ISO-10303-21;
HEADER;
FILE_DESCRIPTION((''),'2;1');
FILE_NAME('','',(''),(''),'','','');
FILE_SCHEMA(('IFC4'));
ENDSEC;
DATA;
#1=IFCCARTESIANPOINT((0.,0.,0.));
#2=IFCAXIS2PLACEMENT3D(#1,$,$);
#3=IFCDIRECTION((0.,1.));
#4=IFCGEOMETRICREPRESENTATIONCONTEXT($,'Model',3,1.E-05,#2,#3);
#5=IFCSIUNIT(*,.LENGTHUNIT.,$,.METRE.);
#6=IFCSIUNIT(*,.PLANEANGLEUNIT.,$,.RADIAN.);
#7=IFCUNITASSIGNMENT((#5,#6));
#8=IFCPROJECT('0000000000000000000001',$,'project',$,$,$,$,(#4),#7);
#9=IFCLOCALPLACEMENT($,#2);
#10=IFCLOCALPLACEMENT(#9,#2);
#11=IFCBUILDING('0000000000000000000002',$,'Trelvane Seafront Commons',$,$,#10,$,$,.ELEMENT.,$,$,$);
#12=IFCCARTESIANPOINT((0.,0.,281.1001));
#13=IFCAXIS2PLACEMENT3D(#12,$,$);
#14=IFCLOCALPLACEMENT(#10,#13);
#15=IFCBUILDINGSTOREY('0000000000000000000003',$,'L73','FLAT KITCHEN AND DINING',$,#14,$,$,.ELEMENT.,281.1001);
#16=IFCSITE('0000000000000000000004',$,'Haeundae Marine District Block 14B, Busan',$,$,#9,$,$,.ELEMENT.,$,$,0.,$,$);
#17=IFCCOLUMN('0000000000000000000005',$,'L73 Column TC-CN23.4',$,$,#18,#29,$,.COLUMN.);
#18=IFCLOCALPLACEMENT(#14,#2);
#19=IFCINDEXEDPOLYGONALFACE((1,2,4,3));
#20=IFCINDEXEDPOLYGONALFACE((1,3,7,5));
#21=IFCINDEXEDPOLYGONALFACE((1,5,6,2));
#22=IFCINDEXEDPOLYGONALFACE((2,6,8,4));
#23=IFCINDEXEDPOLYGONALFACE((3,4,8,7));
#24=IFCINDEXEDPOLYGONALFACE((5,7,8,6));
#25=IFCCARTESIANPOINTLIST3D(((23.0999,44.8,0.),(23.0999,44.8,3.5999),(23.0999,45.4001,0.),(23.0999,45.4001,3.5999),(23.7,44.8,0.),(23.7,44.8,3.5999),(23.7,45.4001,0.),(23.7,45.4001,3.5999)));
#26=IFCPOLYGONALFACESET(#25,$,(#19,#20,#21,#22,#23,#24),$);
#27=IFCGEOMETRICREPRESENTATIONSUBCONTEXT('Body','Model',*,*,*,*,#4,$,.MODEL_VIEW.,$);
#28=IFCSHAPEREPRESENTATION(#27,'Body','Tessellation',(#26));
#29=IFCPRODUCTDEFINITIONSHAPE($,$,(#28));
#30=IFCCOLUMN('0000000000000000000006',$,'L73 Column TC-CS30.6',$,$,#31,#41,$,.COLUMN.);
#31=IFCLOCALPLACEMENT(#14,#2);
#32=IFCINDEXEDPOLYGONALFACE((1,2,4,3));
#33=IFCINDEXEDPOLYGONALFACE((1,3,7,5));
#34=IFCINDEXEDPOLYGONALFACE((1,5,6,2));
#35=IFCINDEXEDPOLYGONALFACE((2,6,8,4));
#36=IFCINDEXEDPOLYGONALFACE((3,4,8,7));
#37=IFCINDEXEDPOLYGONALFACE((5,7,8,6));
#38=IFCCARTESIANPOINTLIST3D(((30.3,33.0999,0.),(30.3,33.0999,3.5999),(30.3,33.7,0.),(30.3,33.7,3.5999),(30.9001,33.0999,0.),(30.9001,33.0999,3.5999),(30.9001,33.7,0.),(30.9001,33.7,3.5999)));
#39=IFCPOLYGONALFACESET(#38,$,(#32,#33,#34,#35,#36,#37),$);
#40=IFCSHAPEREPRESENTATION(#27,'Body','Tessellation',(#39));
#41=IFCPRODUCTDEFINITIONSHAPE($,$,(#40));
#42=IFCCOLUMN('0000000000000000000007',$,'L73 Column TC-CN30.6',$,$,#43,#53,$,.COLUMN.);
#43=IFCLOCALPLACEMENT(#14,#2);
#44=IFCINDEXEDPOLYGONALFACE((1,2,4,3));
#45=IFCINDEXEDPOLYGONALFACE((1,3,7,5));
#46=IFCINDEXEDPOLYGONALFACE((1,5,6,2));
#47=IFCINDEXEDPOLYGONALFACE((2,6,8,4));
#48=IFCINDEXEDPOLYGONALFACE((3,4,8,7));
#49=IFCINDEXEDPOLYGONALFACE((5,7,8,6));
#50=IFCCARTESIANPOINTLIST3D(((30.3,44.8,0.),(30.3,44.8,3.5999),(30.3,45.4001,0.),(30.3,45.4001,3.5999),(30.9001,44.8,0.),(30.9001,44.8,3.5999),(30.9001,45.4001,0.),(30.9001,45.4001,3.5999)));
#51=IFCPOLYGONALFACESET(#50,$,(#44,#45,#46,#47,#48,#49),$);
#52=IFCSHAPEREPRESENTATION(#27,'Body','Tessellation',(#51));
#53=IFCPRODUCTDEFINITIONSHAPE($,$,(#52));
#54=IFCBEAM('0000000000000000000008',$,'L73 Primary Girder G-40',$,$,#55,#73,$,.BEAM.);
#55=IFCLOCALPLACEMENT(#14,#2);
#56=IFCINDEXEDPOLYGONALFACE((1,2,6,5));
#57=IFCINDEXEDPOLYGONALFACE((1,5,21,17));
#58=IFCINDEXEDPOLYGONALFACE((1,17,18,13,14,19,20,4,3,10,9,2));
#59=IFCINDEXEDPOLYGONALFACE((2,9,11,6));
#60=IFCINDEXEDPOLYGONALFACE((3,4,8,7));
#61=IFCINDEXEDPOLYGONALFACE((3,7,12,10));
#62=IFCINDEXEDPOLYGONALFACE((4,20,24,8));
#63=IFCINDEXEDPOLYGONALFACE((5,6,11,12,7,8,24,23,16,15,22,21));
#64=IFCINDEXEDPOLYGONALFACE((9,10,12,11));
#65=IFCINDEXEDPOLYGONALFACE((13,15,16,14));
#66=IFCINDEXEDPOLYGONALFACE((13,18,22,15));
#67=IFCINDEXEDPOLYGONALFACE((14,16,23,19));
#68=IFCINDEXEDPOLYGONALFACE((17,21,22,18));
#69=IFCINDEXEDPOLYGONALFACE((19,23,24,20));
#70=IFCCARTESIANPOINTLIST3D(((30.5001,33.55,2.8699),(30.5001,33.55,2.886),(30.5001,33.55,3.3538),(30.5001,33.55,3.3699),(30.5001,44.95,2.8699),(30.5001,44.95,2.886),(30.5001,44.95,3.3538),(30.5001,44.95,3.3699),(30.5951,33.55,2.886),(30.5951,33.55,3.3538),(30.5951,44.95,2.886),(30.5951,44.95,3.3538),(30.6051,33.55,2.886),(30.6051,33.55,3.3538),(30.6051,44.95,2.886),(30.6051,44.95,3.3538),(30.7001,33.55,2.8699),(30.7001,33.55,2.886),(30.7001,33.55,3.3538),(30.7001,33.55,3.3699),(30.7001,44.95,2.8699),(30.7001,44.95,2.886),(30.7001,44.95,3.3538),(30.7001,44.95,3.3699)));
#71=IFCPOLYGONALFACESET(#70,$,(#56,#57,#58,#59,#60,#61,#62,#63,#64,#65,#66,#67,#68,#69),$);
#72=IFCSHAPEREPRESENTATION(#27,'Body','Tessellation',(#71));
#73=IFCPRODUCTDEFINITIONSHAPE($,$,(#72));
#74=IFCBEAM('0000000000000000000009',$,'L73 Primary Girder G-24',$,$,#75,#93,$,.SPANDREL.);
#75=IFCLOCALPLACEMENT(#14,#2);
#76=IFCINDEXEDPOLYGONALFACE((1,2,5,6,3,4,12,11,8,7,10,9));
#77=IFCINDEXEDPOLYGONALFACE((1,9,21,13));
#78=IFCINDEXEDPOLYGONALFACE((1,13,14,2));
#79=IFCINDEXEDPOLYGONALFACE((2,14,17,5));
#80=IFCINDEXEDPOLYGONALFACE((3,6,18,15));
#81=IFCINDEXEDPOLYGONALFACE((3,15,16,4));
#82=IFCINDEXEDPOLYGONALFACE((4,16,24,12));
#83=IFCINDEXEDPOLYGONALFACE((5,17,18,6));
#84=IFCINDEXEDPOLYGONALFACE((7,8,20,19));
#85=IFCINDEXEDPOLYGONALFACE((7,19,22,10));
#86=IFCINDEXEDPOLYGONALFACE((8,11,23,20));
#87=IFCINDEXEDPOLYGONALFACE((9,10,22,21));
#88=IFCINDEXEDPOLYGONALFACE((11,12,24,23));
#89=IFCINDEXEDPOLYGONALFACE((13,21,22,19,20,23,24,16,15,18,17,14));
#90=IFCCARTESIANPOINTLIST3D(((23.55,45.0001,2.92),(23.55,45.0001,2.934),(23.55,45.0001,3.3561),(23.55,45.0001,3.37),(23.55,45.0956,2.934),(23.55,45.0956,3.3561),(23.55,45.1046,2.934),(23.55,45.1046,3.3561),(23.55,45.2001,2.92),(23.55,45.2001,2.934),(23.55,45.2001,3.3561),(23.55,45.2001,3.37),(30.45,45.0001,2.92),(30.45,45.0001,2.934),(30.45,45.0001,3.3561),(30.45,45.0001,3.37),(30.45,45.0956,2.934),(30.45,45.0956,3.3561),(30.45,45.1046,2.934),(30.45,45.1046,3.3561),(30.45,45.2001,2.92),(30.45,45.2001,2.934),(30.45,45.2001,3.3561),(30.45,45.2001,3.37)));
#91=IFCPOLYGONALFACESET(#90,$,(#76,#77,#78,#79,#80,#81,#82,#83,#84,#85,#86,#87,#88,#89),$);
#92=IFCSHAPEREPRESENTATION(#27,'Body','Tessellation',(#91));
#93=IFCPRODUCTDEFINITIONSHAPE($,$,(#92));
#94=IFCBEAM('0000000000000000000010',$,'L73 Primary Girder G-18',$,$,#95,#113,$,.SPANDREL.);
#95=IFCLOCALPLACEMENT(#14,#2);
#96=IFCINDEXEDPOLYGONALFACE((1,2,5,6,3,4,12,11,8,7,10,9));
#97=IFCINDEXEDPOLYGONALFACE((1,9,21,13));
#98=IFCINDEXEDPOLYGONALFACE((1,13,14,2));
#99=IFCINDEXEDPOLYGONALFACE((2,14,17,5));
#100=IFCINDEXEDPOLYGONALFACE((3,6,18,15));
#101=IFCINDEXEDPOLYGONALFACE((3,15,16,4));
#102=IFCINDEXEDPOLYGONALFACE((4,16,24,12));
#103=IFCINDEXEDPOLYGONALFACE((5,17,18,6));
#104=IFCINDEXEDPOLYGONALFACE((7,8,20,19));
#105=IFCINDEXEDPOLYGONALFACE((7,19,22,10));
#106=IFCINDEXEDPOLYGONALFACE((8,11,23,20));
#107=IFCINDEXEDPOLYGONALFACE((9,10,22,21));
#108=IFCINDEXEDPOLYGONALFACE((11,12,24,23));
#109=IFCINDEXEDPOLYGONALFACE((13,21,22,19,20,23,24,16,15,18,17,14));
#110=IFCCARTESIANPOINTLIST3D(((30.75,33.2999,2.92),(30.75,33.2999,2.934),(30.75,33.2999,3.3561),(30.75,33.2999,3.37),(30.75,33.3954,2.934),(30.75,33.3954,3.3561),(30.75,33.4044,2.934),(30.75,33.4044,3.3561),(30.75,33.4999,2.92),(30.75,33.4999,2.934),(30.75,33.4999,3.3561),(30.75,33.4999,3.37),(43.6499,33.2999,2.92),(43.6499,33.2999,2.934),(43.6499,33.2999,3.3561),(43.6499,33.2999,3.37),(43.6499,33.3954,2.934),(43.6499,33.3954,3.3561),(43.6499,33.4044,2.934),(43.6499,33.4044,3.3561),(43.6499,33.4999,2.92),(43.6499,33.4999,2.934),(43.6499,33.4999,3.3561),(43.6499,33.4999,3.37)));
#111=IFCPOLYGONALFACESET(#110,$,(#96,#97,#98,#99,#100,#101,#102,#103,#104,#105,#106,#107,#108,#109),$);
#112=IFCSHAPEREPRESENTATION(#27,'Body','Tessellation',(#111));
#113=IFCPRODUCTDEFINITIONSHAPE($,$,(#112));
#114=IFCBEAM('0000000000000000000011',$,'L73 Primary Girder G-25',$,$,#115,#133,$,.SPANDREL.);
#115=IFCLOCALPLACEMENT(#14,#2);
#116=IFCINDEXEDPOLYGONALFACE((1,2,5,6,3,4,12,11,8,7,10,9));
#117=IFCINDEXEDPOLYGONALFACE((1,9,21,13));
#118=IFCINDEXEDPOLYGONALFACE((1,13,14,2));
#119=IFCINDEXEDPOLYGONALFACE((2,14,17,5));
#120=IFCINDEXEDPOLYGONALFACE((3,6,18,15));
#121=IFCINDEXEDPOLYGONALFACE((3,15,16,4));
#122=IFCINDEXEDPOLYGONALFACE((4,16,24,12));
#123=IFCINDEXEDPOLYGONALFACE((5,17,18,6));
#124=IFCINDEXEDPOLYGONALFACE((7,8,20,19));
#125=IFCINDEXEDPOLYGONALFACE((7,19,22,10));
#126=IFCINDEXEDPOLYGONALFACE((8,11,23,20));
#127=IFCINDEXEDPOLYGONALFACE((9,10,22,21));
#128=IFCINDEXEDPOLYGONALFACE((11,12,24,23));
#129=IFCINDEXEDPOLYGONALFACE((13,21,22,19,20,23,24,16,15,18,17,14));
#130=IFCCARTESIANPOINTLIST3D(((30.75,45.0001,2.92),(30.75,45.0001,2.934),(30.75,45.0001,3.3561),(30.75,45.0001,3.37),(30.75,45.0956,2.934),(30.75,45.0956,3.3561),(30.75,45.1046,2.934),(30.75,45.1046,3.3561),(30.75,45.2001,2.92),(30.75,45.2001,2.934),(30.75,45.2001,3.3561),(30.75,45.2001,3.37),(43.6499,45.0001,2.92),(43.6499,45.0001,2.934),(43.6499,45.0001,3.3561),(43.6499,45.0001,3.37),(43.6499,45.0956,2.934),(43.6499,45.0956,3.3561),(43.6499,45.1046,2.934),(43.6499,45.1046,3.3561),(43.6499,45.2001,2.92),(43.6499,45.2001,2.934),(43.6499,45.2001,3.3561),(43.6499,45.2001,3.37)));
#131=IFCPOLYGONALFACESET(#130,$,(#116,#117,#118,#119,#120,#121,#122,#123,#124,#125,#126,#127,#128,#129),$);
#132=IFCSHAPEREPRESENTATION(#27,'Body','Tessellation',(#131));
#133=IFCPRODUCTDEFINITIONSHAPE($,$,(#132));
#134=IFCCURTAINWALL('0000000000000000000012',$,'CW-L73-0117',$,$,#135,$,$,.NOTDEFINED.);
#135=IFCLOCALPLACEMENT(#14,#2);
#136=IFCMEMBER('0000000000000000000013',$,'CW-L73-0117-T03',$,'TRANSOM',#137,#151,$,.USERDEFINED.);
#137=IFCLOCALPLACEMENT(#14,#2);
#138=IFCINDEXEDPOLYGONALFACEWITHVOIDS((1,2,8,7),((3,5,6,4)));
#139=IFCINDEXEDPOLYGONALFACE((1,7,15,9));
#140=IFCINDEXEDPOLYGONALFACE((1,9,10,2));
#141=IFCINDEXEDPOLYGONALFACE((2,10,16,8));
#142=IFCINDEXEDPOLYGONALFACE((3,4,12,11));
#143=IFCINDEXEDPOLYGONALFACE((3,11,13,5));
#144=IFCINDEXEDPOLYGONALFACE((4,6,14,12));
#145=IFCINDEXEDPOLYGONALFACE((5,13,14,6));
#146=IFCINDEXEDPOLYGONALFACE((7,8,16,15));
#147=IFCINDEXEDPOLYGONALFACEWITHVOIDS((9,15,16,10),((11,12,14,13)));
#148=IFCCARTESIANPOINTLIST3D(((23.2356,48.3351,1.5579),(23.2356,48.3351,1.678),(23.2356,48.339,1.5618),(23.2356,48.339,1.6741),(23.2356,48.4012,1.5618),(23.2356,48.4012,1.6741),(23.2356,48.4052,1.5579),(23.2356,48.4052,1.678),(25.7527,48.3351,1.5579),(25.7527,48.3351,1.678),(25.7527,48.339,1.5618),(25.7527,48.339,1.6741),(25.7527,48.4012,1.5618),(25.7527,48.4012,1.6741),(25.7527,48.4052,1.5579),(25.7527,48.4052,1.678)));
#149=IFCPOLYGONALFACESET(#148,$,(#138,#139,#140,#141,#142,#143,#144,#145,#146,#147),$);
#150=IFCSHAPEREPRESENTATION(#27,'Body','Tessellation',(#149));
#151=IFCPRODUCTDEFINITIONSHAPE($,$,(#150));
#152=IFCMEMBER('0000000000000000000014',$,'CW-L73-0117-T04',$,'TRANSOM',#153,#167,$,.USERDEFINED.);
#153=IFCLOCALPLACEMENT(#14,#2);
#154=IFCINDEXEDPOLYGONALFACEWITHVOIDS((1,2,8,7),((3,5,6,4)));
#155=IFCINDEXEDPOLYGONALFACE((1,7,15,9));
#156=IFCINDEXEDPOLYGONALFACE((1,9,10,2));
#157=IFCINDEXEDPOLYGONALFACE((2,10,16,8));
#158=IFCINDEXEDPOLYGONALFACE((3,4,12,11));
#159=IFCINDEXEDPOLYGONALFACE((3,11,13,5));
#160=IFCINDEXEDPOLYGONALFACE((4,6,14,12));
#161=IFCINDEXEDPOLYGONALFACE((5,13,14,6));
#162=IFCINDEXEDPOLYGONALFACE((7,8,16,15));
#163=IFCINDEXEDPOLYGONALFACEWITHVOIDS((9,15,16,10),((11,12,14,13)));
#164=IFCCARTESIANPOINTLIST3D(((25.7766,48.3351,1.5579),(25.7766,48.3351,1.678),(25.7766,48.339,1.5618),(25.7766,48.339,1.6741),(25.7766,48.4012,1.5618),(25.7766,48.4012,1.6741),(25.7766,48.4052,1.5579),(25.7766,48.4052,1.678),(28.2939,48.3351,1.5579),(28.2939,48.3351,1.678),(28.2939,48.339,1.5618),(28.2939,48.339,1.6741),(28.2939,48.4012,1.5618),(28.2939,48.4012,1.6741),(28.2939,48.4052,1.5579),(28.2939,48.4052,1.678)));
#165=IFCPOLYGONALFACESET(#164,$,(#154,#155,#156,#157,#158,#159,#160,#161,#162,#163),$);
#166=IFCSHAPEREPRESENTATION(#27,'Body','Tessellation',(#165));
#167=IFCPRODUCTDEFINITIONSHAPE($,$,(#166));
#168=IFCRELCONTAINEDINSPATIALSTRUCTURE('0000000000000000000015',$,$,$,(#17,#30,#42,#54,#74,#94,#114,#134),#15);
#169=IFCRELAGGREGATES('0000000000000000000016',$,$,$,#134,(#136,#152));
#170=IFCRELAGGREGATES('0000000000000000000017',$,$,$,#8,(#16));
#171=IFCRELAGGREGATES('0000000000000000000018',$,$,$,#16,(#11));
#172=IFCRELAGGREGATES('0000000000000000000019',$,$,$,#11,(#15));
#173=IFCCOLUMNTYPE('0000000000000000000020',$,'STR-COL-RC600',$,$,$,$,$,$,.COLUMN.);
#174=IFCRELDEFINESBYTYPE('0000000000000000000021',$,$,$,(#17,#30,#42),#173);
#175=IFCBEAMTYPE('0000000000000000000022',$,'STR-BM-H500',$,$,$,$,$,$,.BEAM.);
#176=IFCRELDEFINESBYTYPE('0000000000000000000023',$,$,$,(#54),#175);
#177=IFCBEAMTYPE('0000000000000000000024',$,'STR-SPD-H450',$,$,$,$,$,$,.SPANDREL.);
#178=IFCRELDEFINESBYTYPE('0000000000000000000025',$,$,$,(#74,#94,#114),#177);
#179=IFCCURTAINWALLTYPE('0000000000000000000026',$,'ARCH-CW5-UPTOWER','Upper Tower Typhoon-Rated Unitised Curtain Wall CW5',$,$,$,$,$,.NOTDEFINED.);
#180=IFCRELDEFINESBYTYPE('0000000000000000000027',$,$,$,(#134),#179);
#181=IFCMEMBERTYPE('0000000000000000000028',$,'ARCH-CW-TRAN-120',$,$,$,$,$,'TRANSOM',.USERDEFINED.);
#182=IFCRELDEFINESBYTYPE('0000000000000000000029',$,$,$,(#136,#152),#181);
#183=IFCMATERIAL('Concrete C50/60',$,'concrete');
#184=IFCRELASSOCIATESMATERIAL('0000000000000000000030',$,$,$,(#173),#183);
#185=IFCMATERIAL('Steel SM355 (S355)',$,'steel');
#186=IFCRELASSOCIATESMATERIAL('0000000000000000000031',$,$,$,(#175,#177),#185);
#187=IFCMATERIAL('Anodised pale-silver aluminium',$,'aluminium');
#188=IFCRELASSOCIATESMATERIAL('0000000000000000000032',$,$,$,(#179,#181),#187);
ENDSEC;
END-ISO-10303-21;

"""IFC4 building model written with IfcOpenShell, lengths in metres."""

from ifc_helpers import new_model, si_unit, direction, frame, origin, origin_2d, place, context, subcontext, project, spatial, rectangle, hollow_rectangle, i_section, extrude, source, transform, mapped, material, material_profile, profile_set, type_object, element, aggregate, save


model = new_model("IFC4")

# Units and contexts
model_context = context("Model", 3, precision=1e-05, world=origin(), true_north=direction((0.0, 1.0)))
body_context = subcontext(model_context, "Body", "Model", "MODEL_VIEW")
ifc_project = project(units=[si_unit("LENGTHUNIT", "METRE"), si_unit("PLANEANGLEUNIT", "RADIAN")], contexts=[model_context])

# Site, building, storey
site_placement = place(None, origin())
site = spatial("IfcSite", under=ifc_project, at=site_placement, Name="Haeundae Marine District Block 14B, Busan", CompositionType="ELEMENT", RefElevation=0.0)
building_placement = place(site_placement, origin())
building = spatial("IfcBuilding", under=site, at=building_placement, Name="Trelvane Seafront Commons", CompositionType="ELEMENT")
storey_placement = place(building_placement, frame((0.0, 0.0, 281.1001)))
storey = spatial("IfcBuildingStorey", under=building, at=storey_placement, Name="L73", Description="FLAT KITCHEN AND DINING", CompositionType="ELEMENT", Elevation=281.1001)

# Columns
ifc_material_1 = material(Name="Concrete C50/60", Category="concrete")
ifc_material_profile_1 = material_profile(ifc_material_1, rectangle(XDim=0.6001, YDim=0.6001, at=origin_2d()), Name="RC-600x600")
ifc_profile_set_1 = profile_set([ifc_material_profile_1], Name="Concrete C50/60")
column_type = type_object("IfcColumnType", Name="STR-COL-RC600", PredefinedType="COLUMN", material=ifc_profile_set_1)
shared_shape_1 = source(origin(), body_context, "Body", "SweptSolid", [
    extrude(rectangle(XDim=0.6001, YDim=0.6001, at=origin_2d()), origin(), (0.0, 0.0, 1.0), 3.5999),
])
for number, where, z_axis, x_axis, name in (
    (1, (23.3999, 45.1001, 0.0), (0.0, 0.0, 1.0), (1.0, 0.0, 0.0), "L73 Column TC-CN23.4"),
    (2, (30.6001, 33.3999, 0.0), (0.0, 0.0, 1.0), (1.0, 0.0, 0.0), "L73 Column TC-CS30.6"),
    (3, (30.6001, 45.1001, 0.0), (0.0, 0.0, 1.0), (1.0, 0.0, 0.0), "L73 Column TC-CN30.6"),
):
    element("IfcColumn", number, at=place(storey_placement, frame(where, z_axis=z_axis, x_axis=x_axis)), inside=storey, type_object=column_type, Name=name, PredefinedType="COLUMN", context=body_context, shape_type="MappedRepresentation", body=[
        mapped(shared_shape_1, transform((0.0, 0.0, 0.0), x_axis=(1.0, 0.0, 0.0), y_axis=(0.0, 1.0, 0.0), z_axis=(0.0, 0.0, 1.0), scale=1.0)),
    ])

# Beams
ifc_material_2 = material(Name="Steel SM355 (S355)", Category="steel")
ifc_material_profile_2 = material_profile(ifc_material_2, i_section(OverallWidth=0.2, OverallDepth=0.5, WebThickness=0.01, FlangeThickness=0.0161, at=origin_2d()), Name="H-500x200x10x16")
ifc_profile_set_2 = profile_set([ifc_material_profile_2], Name="Steel SM355 (S355)")
beam_type_1 = type_object("IfcBeamType", Name="STR-BM-H500", PredefinedType="BEAM", material=ifc_profile_set_2)
shared_shape_2 = source(origin(), body_context, "Body", "SweptSolid", [
    extrude(i_section(OverallWidth=0.2, OverallDepth=0.5, WebThickness=0.01, FlangeThickness=0.0161, at=origin_2d()), origin(), (0.0, 0.0, 1.0), 11.3999),
])
beam_1_placement = place(storey_placement, frame((30.6001, 33.55, 3.1199), z_axis=(0.0, 1.0, 0.0), x_axis=(-1.0, 0.0, 0.0)))
element("IfcBeam", 4, at=beam_1_placement, inside=storey, type_object=beam_type_1, Name="L73 Primary Girder G-40", PredefinedType="BEAM", context=body_context, shape_type="MappedRepresentation", body=[
    mapped(shared_shape_2, transform((0.0, 0.0, 0.0), x_axis=(1.0, 0.0, 0.0), y_axis=(0.0, 1.0, 0.0), z_axis=(0.0, 0.0, 1.0), scale=1.0)),
])
ifc_material_profile_3 = material_profile(ifc_material_2, i_section(OverallWidth=0.2, OverallDepth=0.45, WebThickness=0.009, FlangeThickness=0.0139, at=origin_2d()), Name="H-450x200x9x14")
ifc_profile_set_3 = profile_set([ifc_material_profile_3], Name="Steel SM355 (S355)")
beam_type_2 = type_object("IfcBeamType", Name="STR-SPD-H450", PredefinedType="SPANDREL", material=ifc_profile_set_3)
shared_shape_3 = source(origin(), body_context, "Body", "SweptSolid", [
    extrude(i_section(OverallWidth=0.2, OverallDepth=0.45, WebThickness=0.009, FlangeThickness=0.0139, at=origin_2d()), origin(), (0.0, 0.0, 1.0), 6.8999),
])
beam_2_placement = place(storey_placement, frame((23.55, 45.1001, 3.145), z_axis=(1.0, 0.0, 0.0), x_axis=(0.0, 1.0, 0.0)))
element("IfcBeam", 5, at=beam_2_placement, inside=storey, type_object=beam_type_2, Name="L73 Primary Girder G-24", PredefinedType="SPANDREL", context=body_context, shape_type="MappedRepresentation", body=[
    mapped(shared_shape_3, transform((0.0, 0.0, 0.0), x_axis=(1.0, 0.0, 0.0), y_axis=(0.0, 1.0, 0.0), z_axis=(0.0, 0.0, 1.0), scale=1.0)),
])
shared_shape_4 = source(origin(), body_context, "Body", "SweptSolid", [
    extrude(i_section(OverallWidth=0.2, OverallDepth=0.45, WebThickness=0.009, FlangeThickness=0.0139, at=origin_2d()), origin(), (0.0, 0.0, 1.0), 12.8999),
])
for number, where, z_axis, x_axis, name in (
    (6, (30.75, 33.3999, 3.145), (1.0, 0.0, 0.0), (0.0, 1.0, 0.0), "L73 Primary Girder G-18"),
    (7, (30.75, 45.1001, 3.145), (1.0, 0.0, 0.0), (0.0, 1.0, 0.0), "L73 Primary Girder G-25"),
):
    element("IfcBeam", number, at=place(storey_placement, frame(where, z_axis=z_axis, x_axis=x_axis)), inside=storey, type_object=beam_type_2, Name=name, PredefinedType="SPANDREL", context=body_context, shape_type="MappedRepresentation", body=[
        mapped(shared_shape_4, transform((0.0, 0.0, 0.0), x_axis=(1.0, 0.0, 0.0), y_axis=(0.0, 1.0, 0.0), z_axis=(0.0, 0.0, 1.0), scale=1.0)),
    ])

# Curtain wall, members
ifc_material_3 = material(Name="Anodised pale-silver aluminium", Category="aluminium")
curtain_wall_type = type_object("IfcCurtainWallType", Name="ARCH-CW5-UPTOWER", Description="Upper Tower Typhoon-Rated Unitised Curtain Wall CW5", PredefinedType="NOTDEFINED", material=ifc_material_3)
curtain_wall_placement = place(storey_placement, origin())
curtain_wall = element("IfcCurtainWall", 8, at=curtain_wall_placement, inside=storey, type_object=curtain_wall_type, Name="CW-L73-0117", PredefinedType="NOTDEFINED")
ifc_material_profile_4 = material_profile(ifc_material_3, hollow_rectangle(XDim=0.0701, YDim=0.1201, WallThickness=0.0039, at=origin_2d()), Name="TRAN-70x120x4")
ifc_profile_set_4 = profile_set([ifc_material_profile_4], Name="Anodised pale-silver aluminium")
member_type_1 = type_object("IfcMemberType", Name="ARCH-CW-TRAN-120", ElementType="TRANSOM", PredefinedType="USERDEFINED", material=ifc_profile_set_4)
shared_shape_5 = source(origin(), body_context, "Body", "SweptSolid", [
    extrude(hollow_rectangle(XDim=0.0701, YDim=0.1201, WallThickness=0.0039, at=origin_2d()), origin(), (0.0, 0.0, 1.0), 2.5171),
])
member_1_placement = place(storey_placement, frame((23.2356, 48.3701, 1.6179), z_axis=(1.0, 0.0, 0.0), x_axis=(0.0, 1.0, 0.0)))
member_1 = element("IfcMember", 9, at=member_1_placement, type_object=member_type_1, Name="CW-L73-0117-T03", ObjectType="TRANSOM", PredefinedType="USERDEFINED", context=body_context, shape_type="MappedRepresentation", body=[
    mapped(shared_shape_5, transform((0.0, 0.0, 0.0), x_axis=(1.0, 0.0, 0.0), y_axis=(0.0, 1.0, 0.0), z_axis=(0.0, 0.0, 1.0), scale=1.0)),
])
shared_shape_6 = source(origin(), body_context, "Body", "SweptSolid", [
    extrude(hollow_rectangle(XDim=0.0701, YDim=0.1201, WallThickness=0.0039, at=origin_2d()), origin(), (0.0, 0.0, 1.0), 2.5173),
])
member_2_placement = place(storey_placement, frame((25.7766, 48.3701, 1.6179), z_axis=(1.0, 0.0, 0.0), x_axis=(0.0, 1.0, 0.0)))
member_2 = element("IfcMember", 10, at=member_2_placement, type_object=member_type_1, Name="CW-L73-0117-T04", ObjectType="TRANSOM", PredefinedType="USERDEFINED", context=body_context, shape_type="MappedRepresentation", body=[
    mapped(shared_shape_6, transform((0.0, 0.0, 0.0), x_axis=(1.0, 0.0, 0.0), y_axis=(0.0, 1.0, 0.0), z_axis=(0.0, 0.0, 1.0), scale=1.0)),
])
aggregate(curtain_wall, [member_1, member_2])

save(model, "model.ifc")
